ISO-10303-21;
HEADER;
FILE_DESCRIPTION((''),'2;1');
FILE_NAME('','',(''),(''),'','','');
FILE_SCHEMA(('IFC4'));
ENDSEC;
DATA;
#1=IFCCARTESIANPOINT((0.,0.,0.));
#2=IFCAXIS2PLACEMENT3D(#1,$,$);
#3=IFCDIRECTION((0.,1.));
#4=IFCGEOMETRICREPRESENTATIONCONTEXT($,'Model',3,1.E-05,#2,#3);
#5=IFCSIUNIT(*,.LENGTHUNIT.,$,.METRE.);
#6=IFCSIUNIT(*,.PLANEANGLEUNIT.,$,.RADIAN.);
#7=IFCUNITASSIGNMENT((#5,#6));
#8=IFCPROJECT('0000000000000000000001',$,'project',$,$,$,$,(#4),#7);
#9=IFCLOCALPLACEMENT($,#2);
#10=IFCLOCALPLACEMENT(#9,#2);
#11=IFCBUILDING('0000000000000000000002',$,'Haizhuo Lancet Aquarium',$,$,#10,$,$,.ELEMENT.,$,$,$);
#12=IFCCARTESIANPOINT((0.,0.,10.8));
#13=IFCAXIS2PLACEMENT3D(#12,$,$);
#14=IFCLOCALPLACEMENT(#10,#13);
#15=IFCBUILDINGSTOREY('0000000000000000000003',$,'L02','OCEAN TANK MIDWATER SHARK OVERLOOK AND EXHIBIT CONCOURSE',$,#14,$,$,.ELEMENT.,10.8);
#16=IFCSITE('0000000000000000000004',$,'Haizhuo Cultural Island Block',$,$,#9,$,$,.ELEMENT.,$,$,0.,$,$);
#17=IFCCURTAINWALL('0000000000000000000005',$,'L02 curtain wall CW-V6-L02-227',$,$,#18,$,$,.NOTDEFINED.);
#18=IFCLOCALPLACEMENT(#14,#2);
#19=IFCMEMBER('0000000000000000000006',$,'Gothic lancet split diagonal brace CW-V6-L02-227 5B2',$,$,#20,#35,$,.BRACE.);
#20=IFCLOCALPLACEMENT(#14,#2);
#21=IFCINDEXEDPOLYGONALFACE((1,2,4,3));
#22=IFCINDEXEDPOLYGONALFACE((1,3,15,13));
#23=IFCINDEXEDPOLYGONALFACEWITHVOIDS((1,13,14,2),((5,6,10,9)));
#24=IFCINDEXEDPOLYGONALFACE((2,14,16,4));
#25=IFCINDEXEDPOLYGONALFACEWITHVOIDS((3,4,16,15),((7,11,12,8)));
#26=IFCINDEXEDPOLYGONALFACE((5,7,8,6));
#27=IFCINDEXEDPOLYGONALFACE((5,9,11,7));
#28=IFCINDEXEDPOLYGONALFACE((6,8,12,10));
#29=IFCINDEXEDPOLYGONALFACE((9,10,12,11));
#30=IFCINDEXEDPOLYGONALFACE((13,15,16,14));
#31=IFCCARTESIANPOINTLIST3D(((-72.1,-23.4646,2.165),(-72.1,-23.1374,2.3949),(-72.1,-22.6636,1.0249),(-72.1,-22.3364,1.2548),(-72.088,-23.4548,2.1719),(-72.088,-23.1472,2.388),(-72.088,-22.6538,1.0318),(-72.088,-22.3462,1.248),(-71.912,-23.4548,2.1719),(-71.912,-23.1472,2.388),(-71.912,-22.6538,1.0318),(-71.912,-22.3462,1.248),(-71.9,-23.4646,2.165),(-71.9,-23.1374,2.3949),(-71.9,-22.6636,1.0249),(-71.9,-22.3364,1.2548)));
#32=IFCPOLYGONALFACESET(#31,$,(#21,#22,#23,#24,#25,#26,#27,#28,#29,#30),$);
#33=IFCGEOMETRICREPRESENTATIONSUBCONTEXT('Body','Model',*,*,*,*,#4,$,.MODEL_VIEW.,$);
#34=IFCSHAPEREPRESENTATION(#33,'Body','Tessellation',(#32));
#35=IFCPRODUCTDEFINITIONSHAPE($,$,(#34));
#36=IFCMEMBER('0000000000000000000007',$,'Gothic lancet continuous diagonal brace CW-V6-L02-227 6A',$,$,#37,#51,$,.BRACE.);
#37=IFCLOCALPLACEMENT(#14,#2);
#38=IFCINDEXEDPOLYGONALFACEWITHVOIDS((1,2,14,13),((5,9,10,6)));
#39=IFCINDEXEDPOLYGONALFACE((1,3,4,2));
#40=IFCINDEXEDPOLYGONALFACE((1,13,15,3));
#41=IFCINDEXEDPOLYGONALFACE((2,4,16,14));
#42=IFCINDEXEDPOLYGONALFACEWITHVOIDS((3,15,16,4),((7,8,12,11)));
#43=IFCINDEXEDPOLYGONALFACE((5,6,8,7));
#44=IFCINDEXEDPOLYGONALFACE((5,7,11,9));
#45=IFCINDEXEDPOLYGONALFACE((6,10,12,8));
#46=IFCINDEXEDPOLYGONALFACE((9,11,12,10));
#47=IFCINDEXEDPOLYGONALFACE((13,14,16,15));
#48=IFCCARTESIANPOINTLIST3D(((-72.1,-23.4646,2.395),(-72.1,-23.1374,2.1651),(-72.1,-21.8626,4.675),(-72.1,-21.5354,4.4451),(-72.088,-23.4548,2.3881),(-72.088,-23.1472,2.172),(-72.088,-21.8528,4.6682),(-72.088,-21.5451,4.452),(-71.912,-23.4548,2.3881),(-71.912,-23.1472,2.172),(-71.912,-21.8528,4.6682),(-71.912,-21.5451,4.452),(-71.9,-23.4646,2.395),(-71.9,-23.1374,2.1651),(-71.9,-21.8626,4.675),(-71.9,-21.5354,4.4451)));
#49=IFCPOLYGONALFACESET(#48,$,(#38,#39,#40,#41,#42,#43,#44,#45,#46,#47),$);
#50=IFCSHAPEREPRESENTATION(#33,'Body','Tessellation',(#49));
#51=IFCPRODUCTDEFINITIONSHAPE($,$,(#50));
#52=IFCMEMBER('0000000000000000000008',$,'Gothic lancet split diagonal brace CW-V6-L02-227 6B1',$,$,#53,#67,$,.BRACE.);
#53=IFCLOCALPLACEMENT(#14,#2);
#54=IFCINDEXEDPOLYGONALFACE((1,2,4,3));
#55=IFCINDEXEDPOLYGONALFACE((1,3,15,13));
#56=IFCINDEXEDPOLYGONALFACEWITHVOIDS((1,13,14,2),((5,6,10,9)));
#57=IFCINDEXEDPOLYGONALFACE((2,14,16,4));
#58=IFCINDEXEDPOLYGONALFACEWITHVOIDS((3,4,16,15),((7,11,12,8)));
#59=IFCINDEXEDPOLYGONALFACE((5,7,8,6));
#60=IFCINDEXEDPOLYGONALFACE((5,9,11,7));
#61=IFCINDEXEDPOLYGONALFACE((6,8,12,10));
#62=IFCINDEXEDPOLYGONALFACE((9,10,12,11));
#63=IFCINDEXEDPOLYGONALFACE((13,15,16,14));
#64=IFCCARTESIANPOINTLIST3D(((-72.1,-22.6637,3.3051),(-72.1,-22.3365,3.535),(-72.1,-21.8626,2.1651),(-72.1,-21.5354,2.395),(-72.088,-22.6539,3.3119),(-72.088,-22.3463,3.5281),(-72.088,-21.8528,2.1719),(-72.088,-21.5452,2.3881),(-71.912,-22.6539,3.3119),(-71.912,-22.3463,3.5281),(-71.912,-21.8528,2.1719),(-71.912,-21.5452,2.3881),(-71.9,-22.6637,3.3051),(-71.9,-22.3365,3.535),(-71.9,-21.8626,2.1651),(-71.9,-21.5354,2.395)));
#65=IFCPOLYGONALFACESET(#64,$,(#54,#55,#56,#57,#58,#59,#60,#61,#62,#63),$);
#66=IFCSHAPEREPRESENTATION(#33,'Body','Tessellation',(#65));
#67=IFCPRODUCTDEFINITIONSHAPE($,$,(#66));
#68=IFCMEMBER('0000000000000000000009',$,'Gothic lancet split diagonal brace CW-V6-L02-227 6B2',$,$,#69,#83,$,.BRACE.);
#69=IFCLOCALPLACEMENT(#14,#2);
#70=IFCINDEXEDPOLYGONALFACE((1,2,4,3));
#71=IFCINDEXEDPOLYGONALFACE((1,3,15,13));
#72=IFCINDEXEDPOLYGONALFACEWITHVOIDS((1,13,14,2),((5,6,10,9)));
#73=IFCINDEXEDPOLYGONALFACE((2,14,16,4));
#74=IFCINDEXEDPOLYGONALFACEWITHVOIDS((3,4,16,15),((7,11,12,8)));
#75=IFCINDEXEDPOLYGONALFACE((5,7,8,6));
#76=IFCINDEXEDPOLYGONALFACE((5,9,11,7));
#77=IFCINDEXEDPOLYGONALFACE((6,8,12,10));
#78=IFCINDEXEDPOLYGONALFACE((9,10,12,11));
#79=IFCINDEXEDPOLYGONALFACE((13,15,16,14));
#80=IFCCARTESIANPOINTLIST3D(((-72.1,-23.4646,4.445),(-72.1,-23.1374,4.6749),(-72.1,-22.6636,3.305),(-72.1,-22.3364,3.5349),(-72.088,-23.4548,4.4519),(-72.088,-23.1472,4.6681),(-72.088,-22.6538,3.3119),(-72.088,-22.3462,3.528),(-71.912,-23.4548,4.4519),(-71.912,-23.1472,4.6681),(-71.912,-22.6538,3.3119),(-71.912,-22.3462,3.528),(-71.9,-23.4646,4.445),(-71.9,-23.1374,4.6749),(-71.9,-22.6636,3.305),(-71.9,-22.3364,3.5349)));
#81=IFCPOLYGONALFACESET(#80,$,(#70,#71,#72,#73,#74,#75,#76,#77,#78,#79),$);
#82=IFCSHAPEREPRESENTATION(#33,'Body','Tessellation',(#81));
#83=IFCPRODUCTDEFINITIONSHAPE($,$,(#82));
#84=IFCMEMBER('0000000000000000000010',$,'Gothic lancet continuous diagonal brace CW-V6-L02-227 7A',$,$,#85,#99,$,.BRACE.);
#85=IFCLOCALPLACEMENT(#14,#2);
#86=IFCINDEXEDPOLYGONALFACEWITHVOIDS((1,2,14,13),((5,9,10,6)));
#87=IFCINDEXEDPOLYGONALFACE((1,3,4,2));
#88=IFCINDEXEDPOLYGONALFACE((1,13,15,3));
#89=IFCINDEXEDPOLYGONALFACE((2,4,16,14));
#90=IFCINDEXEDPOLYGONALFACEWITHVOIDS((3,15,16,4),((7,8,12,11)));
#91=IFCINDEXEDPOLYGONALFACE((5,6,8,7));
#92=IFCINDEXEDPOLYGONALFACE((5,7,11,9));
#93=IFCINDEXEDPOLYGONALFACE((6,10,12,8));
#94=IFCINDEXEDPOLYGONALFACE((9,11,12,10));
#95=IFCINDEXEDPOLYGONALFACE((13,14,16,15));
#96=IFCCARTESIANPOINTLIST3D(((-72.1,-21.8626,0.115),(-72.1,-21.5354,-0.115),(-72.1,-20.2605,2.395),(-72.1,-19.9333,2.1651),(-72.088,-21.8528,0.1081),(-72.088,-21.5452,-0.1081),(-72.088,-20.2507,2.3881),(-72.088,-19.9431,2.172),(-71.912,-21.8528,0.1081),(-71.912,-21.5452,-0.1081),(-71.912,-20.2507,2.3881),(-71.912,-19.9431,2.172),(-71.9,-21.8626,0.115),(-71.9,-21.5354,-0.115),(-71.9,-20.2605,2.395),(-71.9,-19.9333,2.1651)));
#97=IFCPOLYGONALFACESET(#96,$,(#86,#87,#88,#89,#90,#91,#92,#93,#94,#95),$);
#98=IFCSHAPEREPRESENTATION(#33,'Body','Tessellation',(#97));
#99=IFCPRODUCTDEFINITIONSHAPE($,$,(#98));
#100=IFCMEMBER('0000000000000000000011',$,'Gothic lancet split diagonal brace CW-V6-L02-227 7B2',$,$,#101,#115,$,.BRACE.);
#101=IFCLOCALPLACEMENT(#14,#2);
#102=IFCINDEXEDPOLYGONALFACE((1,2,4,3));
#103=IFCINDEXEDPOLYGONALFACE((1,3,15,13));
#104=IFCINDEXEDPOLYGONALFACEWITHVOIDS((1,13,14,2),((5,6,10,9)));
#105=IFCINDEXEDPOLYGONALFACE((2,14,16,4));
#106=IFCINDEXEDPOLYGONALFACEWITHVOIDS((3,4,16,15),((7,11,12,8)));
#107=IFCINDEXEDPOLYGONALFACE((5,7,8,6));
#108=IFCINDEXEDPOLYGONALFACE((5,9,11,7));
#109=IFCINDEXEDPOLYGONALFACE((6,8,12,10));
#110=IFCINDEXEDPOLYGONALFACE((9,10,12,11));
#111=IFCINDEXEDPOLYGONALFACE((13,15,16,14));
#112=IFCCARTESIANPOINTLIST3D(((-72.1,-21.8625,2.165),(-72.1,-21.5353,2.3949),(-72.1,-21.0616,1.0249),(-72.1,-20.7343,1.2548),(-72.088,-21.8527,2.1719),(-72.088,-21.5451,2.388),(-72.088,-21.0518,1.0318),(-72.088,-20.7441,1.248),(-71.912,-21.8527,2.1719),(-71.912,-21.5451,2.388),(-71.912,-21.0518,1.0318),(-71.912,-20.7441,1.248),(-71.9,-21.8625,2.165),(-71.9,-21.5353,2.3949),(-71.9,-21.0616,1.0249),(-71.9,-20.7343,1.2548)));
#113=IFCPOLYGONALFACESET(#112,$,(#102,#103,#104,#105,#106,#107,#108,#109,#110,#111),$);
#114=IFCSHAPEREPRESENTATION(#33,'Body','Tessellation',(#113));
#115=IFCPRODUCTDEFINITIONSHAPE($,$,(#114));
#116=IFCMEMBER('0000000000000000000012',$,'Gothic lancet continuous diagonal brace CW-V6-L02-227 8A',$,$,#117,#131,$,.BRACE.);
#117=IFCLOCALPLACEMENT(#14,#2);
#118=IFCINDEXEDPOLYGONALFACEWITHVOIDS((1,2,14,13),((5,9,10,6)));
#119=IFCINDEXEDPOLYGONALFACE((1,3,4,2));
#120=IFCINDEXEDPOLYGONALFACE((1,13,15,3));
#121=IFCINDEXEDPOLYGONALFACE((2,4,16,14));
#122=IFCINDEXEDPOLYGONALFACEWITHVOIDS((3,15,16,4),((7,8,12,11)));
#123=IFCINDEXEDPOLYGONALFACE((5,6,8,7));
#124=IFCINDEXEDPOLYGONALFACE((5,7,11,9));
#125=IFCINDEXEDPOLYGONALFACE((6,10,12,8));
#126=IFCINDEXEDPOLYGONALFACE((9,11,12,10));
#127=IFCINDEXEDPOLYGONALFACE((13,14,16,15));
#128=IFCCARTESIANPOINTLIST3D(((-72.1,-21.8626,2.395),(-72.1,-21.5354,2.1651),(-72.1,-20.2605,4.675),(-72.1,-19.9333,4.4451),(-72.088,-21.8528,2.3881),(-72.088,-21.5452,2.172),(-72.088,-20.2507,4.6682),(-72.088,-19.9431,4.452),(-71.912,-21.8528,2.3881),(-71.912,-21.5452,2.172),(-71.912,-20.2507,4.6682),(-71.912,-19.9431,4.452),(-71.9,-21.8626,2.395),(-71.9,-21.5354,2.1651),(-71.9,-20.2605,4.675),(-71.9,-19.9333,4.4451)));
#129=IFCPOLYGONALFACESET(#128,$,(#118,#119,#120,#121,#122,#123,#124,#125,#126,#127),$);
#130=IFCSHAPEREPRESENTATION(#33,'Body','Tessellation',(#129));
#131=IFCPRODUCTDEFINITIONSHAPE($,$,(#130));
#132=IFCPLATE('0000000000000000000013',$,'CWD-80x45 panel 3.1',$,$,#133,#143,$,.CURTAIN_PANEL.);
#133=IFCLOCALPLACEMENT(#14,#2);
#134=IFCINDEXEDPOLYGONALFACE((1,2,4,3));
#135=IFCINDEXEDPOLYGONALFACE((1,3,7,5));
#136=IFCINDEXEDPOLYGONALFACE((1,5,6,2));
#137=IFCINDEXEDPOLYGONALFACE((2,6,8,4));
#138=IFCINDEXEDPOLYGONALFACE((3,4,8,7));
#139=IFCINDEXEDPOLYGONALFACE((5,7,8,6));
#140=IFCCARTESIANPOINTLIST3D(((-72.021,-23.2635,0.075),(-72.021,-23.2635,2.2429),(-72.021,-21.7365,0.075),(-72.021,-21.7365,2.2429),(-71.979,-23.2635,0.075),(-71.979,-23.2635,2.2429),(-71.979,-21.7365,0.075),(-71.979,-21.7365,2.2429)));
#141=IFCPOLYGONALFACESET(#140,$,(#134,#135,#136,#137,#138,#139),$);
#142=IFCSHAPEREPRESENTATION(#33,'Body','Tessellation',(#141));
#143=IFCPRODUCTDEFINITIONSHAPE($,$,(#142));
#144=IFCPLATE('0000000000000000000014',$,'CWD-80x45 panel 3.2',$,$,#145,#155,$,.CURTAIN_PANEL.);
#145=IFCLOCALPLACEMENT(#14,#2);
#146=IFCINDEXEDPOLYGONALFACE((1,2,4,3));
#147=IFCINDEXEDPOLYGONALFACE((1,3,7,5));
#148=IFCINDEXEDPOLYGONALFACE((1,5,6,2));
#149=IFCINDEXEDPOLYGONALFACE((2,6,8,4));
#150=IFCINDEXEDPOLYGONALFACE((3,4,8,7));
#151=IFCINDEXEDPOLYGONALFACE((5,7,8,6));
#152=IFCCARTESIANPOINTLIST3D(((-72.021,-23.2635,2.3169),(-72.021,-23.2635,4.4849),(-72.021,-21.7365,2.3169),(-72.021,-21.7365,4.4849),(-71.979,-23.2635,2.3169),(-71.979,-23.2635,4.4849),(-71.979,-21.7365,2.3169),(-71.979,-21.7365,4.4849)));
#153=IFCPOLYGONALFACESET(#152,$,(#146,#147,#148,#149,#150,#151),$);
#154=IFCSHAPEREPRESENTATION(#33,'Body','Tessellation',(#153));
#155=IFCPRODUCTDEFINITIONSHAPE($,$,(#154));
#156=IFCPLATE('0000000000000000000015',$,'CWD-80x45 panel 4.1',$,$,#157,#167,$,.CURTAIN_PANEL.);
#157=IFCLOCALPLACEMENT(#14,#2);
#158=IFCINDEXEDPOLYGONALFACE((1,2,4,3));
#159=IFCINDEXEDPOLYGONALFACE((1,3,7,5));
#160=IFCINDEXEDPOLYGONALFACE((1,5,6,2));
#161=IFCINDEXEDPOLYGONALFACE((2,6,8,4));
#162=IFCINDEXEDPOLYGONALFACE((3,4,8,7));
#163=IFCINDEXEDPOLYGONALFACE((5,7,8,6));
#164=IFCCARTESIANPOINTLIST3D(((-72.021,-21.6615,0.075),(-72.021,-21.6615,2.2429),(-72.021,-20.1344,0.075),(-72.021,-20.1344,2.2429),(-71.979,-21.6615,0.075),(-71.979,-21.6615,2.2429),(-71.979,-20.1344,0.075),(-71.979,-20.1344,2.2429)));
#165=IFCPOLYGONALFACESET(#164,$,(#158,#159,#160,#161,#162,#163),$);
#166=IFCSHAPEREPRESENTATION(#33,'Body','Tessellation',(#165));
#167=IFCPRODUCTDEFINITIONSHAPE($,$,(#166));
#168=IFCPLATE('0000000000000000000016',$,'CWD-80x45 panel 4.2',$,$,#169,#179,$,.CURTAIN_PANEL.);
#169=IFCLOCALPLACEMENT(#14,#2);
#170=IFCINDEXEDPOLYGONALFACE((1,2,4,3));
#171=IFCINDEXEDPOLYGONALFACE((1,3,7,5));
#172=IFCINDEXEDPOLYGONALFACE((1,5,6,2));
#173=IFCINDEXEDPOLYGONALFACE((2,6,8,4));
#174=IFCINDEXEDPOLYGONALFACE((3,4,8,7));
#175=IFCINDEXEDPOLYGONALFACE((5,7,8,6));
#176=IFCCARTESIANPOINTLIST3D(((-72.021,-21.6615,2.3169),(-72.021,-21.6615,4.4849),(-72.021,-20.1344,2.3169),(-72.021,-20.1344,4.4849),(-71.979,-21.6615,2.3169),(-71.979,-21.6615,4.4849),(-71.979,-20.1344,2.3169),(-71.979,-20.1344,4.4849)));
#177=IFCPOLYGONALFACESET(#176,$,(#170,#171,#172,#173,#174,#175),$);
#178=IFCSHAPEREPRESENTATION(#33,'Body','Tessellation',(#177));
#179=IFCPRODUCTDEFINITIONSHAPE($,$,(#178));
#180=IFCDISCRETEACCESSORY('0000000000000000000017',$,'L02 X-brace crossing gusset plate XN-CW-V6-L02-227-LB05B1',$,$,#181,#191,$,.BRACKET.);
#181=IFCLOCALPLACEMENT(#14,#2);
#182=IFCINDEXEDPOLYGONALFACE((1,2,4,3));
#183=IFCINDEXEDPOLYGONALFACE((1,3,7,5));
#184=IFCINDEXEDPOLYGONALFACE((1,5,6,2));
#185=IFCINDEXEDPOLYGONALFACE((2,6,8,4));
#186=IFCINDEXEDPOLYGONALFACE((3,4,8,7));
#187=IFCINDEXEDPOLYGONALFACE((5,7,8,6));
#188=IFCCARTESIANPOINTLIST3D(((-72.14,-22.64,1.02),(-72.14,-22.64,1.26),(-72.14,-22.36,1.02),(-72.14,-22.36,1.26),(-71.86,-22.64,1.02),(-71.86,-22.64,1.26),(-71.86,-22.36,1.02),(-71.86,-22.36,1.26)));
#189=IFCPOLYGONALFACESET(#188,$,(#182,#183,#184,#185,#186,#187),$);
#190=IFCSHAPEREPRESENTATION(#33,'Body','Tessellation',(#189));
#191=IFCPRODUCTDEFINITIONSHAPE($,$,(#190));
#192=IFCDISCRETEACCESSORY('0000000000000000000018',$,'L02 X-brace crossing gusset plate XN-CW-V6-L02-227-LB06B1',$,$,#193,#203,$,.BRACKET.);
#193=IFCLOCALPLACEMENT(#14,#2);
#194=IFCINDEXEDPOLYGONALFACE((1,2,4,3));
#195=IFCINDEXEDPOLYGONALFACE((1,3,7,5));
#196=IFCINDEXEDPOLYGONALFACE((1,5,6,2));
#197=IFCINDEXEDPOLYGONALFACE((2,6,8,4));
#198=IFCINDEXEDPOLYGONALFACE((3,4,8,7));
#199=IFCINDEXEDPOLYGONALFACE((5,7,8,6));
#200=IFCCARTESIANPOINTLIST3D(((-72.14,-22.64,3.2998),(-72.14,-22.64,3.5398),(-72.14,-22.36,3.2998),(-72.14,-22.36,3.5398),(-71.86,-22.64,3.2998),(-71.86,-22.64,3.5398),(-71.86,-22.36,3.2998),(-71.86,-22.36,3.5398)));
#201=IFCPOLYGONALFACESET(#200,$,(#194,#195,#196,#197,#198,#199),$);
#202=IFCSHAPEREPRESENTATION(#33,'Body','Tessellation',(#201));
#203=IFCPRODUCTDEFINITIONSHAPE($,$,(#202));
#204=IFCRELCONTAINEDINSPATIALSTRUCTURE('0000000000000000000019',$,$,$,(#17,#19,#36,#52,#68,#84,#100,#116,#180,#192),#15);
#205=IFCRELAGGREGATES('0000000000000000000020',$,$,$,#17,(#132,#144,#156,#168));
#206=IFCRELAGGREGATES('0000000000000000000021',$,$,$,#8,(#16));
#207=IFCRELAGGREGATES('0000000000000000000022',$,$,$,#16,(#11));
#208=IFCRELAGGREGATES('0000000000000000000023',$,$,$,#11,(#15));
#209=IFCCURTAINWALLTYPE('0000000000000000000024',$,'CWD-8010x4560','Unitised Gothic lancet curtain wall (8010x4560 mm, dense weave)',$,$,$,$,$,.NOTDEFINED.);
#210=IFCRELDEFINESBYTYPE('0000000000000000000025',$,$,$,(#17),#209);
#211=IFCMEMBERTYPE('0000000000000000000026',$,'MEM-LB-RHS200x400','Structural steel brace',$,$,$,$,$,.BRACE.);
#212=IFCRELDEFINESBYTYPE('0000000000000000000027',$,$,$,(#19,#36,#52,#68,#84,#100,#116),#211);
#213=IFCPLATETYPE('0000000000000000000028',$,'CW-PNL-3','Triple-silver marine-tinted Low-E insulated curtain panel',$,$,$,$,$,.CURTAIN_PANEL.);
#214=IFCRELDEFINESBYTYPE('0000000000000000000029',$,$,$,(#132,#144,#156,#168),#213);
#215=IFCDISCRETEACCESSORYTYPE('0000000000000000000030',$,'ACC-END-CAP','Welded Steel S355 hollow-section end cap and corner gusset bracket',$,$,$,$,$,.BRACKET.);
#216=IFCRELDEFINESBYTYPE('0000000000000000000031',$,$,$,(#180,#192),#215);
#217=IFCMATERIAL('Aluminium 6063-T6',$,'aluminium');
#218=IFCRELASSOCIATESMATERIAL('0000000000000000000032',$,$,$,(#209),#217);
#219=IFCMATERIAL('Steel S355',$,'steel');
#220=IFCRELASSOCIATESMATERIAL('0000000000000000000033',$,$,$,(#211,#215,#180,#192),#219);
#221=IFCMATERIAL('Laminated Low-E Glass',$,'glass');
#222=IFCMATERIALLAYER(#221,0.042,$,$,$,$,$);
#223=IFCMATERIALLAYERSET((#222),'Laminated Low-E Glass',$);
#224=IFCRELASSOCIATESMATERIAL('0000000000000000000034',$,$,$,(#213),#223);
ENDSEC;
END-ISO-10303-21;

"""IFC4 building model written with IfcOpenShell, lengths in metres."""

from ifc_helpers import new_model, si_unit, direction, frame, origin, origin_2d, place, context, subcontext, project, spatial, rectangle, hollow_rectangle, extrude, material, layer, layer_set, material_profile, profile_set, type_object, element, aggregate, save


model = new_model("IFC4")

# Units and contexts
model_context = context("Model", 3, precision=1e-05, world=origin(), true_north=direction((0.0, 1.0)))
body_context = subcontext(model_context, "Body", "Model", "MODEL_VIEW")
ifc_project = project(units=[si_unit("LENGTHUNIT", "METRE"), si_unit("PLANEANGLEUNIT", "RADIAN")], contexts=[model_context])

# Site, building, storey
site_placement = place(None, origin())
site = spatial("IfcSite", under=ifc_project, at=site_placement, Name="Haizhuo Cultural Island Block", CompositionType="ELEMENT", RefElevation=0.0)
building_placement = place(site_placement, origin())
building = spatial("IfcBuilding", under=site, at=building_placement, Name="Haizhuo Lancet Aquarium", CompositionType="ELEMENT")
storey_placement = place(building_placement, frame((0.0, 0.0, 10.8)))
storey = spatial("IfcBuildingStorey", under=building, at=storey_placement, Name="L02", Description="OCEAN TANK MIDWATER SHARK OVERLOOK AND EXHIBIT CONCOURSE", CompositionType="ELEMENT", Elevation=10.8)

# Curtain wall
ifc_material_1 = material(Name="Aluminium 6063-T6", Category="aluminium")
curtain_wall_type = type_object("IfcCurtainWallType", Name="CWD-8010x4560", Description="Unitised Gothic lancet curtain wall (8010x4560 mm, dense weave)", PredefinedType="NOTDEFINED", material=ifc_material_1)
curtain_wall_placement = place(storey_placement, origin())
curtain_wall = element("IfcCurtainWall", 1, at=curtain_wall_placement, inside=storey, type_object=curtain_wall_type, Name="L02 curtain wall CW-V6-L02-227", PredefinedType="NOTDEFINED")

# Members
ifc_material_2 = material(Name="Steel S355", Category="steel")
ifc_material_profile_1 = material_profile(ifc_material_2, hollow_rectangle(XDim=0.2, YDim=0.3999, WallThickness=0.012, at=origin_2d()), Name="RHS 200x400x12")
ifc_profile_set_1 = profile_set([ifc_material_profile_1], Name="Steel S355")
member_type_1 = type_object("IfcMemberType", Name="MEM-LB-RHS200x400", Description="Structural steel brace", PredefinedType="BRACE", material=ifc_profile_set_1)
for number, where, z_axis, x_axis, name in (
    (2, (-72.0, -22.5, 1.1399), (0.0, -0.574873, 0.818243), (1.0, 0.0, 0.0), "Gothic lancet split diagonal brace CW-V6-L02-227 5B2"),
):
    element("IfcMember", number, at=place(storey_placement, frame(where, z_axis=z_axis, x_axis=x_axis)), inside=storey, type_object=member_type_1, Name=name, PredefinedType="BRACE", context=body_context, shape_type="SweptSolid", body=[
        extrude(hollow_rectangle(XDim=0.2, YDim=0.3999, WallThickness=0.012, at=origin_2d()), origin(), (0.0, 0.0, 1.0), 1.3933),
    ])
member_1_placement = place(storey_placement, frame((-72.0, -23.301, 2.28), z_axis=(0.0, 0.574914, 0.818214), x_axis=(-1.0, 0.0, 0.0)))
element("IfcMember", 3, at=member_1_placement, inside=storey, type_object=member_type_1, Name="Gothic lancet continuous diagonal brace CW-V6-L02-227 6A", PredefinedType="BRACE", context=body_context, shape_type="SweptSolid", body=[
    extrude(hollow_rectangle(XDim=0.2, YDim=0.3999, WallThickness=0.012, at=origin_2d()), origin(), (0.0, 0.0, 1.0), 2.7866),
])
for number, where, z_axis, x_axis, name in (
    (4, (-72.0, -21.699, 2.28), (0.0, -0.574955, 0.818185), (1.0, 0.0, 0.0), "Gothic lancet split diagonal brace CW-V6-L02-227 6B1"),
    (5, (-72.0, -22.5, 3.4199), (0.0, -0.574873, 0.818243), (1.0, 0.0, 0.0), "Gothic lancet split diagonal brace CW-V6-L02-227 6B2"),
):
    element("IfcMember", number, at=place(storey_placement, frame(where, z_axis=z_axis, x_axis=x_axis)), inside=storey, type_object=member_type_1, Name=name, PredefinedType="BRACE", context=body_context, shape_type="SweptSolid", body=[
        extrude(hollow_rectangle(XDim=0.2, YDim=0.3999, WallThickness=0.012, at=origin_2d()), origin(), (0.0, 0.0, 1.0), 1.3933),
    ])
member_2_placement = place(storey_placement, frame((-72.0, -21.699, 0.0), z_axis=(0.0, 0.574914, 0.818214), x_axis=(-1.0, 0.0, 0.0)))
element("IfcMember", 6, at=member_2_placement, inside=storey, type_object=member_type_1, Name="Gothic lancet continuous diagonal brace CW-V6-L02-227 7A", PredefinedType="BRACE", context=body_context, shape_type="SweptSolid", body=[
    extrude(hollow_rectangle(XDim=0.2, YDim=0.3999, WallThickness=0.012, at=origin_2d()), origin(), (0.0, 0.0, 1.0), 2.7866),
])
member_3_placement = place(storey_placement, frame((-72.0, -20.8979, 1.1399), z_axis=(0.0, -0.574873, 0.818243), x_axis=(1.0, 0.0, 0.0)))
element("IfcMember", 7, at=member_3_placement, inside=storey, type_object=member_type_1, Name="Gothic lancet split diagonal brace CW-V6-L02-227 7B2", PredefinedType="BRACE", context=body_context, shape_type="SweptSolid", body=[
    extrude(hollow_rectangle(XDim=0.2, YDim=0.3999, WallThickness=0.012, at=origin_2d()), origin(), (0.0, 0.0, 1.0), 1.3933),
])
member_4_placement = place(storey_placement, frame((-72.0, -21.699, 2.28), z_axis=(0.0, 0.574914, 0.818214), x_axis=(-1.0, 0.0, 0.0)))
element("IfcMember", 8, at=member_4_placement, inside=storey, type_object=member_type_1, Name="Gothic lancet continuous diagonal brace CW-V6-L02-227 8A", PredefinedType="BRACE", context=body_context, shape_type="SweptSolid", body=[
    extrude(hollow_rectangle(XDim=0.2, YDim=0.3999, WallThickness=0.012, at=origin_2d()), origin(), (0.0, 0.0, 1.0), 2.7866),
])

# Plates
ifc_material_3 = material(Name="Laminated Low-E Glass", Category="glass")
ifc_layer = layer(ifc_material_3, 0.042)
ifc_layer_set = layer_set([ifc_layer], Name="Laminated Low-E Glass")
plate_type = type_object("IfcPlateType", Name="CW-PNL-3", Description="Triple-silver marine-tinted Low-E insulated curtain panel", PredefinedType="CURTAIN_PANEL", material=ifc_layer_set)
plate_1_placement = place(storey_placement, frame((-72.0, -22.5, 0.075), z_axis=(0.0, 0.0, 1.0), x_axis=(0.0, 1.0, 0.0)))
plate_1 = element("IfcPlate", 9, at=plate_1_placement, type_object=plate_type, Name="CWD-80x45 panel 3.1", PredefinedType="CURTAIN_PANEL", context=body_context, shape_type="SweptSolid", body=[
    extrude(rectangle(XDim=1.5271, YDim=0.042, at=origin_2d()), origin(), (0.0, 0.0, 1.0), 2.168),
])
plate_2_placement = place(storey_placement, frame((-72.0, -22.5, 2.3169), z_axis=(0.0, 0.0, 1.0), x_axis=(0.0, 1.0, 0.0)))
plate_2 = element("IfcPlate", 10, at=plate_2_placement, type_object=plate_type, Name="CWD-80x45 panel 3.2", PredefinedType="CURTAIN_PANEL", context=body_context, shape_type="SweptSolid", body=[
    extrude(rectangle(XDim=1.5271, YDim=0.042, at=origin_2d()), origin(), (0.0, 0.0, 1.0), 2.168),
])
plate_3_placement = place(storey_placement, frame((-72.0, -20.8979, 0.075), z_axis=(0.0, 0.0, 1.0), x_axis=(0.0, 1.0, 0.0)))
plate_3 = element("IfcPlate", 11, at=plate_3_placement, type_object=plate_type, Name="CWD-80x45 panel 4.1", PredefinedType="CURTAIN_PANEL", context=body_context, shape_type="SweptSolid", body=[
    extrude(rectangle(XDim=1.5271, YDim=0.042, at=origin_2d()), origin(), (0.0, 0.0, 1.0), 2.168),
])
plate_4_placement = place(storey_placement, frame((-72.0, -20.8979, 2.3169), z_axis=(0.0, 0.0, 1.0), x_axis=(0.0, 1.0, 0.0)))
plate_4 = element("IfcPlate", 12, at=plate_4_placement, type_object=plate_type, Name="CWD-80x45 panel 4.2", PredefinedType="CURTAIN_PANEL", context=body_context, shape_type="SweptSolid", body=[
    extrude(rectangle(XDim=1.5271, YDim=0.042, at=origin_2d()), origin(), (0.0, 0.0, 1.0), 2.168),
])
aggregate(curtain_wall, [plate_1, plate_2, plate_3, plate_4])

# Discrete accessories
discrete_accessory_type = type_object("IfcDiscreteAccessoryType", Name="ACC-END-CAP", Description="Welded Steel S355 hollow-section end cap and corner gusset bracket", PredefinedType="BRACKET", material=ifc_material_2)
for number, where, z_axis, x_axis, name in (
    (13, (-72.0, -22.5, 1.02), (0.0, 0.0, 1.0), (1.0, 0.0, 0.0), "L02 X-brace crossing gusset plate XN-CW-V6-L02-227-LB05B1"),
    (14, (-72.0, -22.5, 3.2998), (0.0, 0.0, 1.0), (1.0, 0.0, 0.0), "L02 X-brace crossing gusset plate XN-CW-V6-L02-227-LB06B1"),
):
    element("IfcDiscreteAccessory", number, at=place(storey_placement, frame(where, z_axis=z_axis, x_axis=x_axis)), inside=storey, type_object=discrete_accessory_type, material=ifc_material_2, Name=name, PredefinedType="BRACKET", context=body_context, shape_type="SweptSolid", body=[
        extrude(rectangle(XDim=0.28, YDim=0.28, at=origin_2d()), origin(), (0.0, 0.0, 1.0), 0.24),
    ])

save(model, "model.ifc")
